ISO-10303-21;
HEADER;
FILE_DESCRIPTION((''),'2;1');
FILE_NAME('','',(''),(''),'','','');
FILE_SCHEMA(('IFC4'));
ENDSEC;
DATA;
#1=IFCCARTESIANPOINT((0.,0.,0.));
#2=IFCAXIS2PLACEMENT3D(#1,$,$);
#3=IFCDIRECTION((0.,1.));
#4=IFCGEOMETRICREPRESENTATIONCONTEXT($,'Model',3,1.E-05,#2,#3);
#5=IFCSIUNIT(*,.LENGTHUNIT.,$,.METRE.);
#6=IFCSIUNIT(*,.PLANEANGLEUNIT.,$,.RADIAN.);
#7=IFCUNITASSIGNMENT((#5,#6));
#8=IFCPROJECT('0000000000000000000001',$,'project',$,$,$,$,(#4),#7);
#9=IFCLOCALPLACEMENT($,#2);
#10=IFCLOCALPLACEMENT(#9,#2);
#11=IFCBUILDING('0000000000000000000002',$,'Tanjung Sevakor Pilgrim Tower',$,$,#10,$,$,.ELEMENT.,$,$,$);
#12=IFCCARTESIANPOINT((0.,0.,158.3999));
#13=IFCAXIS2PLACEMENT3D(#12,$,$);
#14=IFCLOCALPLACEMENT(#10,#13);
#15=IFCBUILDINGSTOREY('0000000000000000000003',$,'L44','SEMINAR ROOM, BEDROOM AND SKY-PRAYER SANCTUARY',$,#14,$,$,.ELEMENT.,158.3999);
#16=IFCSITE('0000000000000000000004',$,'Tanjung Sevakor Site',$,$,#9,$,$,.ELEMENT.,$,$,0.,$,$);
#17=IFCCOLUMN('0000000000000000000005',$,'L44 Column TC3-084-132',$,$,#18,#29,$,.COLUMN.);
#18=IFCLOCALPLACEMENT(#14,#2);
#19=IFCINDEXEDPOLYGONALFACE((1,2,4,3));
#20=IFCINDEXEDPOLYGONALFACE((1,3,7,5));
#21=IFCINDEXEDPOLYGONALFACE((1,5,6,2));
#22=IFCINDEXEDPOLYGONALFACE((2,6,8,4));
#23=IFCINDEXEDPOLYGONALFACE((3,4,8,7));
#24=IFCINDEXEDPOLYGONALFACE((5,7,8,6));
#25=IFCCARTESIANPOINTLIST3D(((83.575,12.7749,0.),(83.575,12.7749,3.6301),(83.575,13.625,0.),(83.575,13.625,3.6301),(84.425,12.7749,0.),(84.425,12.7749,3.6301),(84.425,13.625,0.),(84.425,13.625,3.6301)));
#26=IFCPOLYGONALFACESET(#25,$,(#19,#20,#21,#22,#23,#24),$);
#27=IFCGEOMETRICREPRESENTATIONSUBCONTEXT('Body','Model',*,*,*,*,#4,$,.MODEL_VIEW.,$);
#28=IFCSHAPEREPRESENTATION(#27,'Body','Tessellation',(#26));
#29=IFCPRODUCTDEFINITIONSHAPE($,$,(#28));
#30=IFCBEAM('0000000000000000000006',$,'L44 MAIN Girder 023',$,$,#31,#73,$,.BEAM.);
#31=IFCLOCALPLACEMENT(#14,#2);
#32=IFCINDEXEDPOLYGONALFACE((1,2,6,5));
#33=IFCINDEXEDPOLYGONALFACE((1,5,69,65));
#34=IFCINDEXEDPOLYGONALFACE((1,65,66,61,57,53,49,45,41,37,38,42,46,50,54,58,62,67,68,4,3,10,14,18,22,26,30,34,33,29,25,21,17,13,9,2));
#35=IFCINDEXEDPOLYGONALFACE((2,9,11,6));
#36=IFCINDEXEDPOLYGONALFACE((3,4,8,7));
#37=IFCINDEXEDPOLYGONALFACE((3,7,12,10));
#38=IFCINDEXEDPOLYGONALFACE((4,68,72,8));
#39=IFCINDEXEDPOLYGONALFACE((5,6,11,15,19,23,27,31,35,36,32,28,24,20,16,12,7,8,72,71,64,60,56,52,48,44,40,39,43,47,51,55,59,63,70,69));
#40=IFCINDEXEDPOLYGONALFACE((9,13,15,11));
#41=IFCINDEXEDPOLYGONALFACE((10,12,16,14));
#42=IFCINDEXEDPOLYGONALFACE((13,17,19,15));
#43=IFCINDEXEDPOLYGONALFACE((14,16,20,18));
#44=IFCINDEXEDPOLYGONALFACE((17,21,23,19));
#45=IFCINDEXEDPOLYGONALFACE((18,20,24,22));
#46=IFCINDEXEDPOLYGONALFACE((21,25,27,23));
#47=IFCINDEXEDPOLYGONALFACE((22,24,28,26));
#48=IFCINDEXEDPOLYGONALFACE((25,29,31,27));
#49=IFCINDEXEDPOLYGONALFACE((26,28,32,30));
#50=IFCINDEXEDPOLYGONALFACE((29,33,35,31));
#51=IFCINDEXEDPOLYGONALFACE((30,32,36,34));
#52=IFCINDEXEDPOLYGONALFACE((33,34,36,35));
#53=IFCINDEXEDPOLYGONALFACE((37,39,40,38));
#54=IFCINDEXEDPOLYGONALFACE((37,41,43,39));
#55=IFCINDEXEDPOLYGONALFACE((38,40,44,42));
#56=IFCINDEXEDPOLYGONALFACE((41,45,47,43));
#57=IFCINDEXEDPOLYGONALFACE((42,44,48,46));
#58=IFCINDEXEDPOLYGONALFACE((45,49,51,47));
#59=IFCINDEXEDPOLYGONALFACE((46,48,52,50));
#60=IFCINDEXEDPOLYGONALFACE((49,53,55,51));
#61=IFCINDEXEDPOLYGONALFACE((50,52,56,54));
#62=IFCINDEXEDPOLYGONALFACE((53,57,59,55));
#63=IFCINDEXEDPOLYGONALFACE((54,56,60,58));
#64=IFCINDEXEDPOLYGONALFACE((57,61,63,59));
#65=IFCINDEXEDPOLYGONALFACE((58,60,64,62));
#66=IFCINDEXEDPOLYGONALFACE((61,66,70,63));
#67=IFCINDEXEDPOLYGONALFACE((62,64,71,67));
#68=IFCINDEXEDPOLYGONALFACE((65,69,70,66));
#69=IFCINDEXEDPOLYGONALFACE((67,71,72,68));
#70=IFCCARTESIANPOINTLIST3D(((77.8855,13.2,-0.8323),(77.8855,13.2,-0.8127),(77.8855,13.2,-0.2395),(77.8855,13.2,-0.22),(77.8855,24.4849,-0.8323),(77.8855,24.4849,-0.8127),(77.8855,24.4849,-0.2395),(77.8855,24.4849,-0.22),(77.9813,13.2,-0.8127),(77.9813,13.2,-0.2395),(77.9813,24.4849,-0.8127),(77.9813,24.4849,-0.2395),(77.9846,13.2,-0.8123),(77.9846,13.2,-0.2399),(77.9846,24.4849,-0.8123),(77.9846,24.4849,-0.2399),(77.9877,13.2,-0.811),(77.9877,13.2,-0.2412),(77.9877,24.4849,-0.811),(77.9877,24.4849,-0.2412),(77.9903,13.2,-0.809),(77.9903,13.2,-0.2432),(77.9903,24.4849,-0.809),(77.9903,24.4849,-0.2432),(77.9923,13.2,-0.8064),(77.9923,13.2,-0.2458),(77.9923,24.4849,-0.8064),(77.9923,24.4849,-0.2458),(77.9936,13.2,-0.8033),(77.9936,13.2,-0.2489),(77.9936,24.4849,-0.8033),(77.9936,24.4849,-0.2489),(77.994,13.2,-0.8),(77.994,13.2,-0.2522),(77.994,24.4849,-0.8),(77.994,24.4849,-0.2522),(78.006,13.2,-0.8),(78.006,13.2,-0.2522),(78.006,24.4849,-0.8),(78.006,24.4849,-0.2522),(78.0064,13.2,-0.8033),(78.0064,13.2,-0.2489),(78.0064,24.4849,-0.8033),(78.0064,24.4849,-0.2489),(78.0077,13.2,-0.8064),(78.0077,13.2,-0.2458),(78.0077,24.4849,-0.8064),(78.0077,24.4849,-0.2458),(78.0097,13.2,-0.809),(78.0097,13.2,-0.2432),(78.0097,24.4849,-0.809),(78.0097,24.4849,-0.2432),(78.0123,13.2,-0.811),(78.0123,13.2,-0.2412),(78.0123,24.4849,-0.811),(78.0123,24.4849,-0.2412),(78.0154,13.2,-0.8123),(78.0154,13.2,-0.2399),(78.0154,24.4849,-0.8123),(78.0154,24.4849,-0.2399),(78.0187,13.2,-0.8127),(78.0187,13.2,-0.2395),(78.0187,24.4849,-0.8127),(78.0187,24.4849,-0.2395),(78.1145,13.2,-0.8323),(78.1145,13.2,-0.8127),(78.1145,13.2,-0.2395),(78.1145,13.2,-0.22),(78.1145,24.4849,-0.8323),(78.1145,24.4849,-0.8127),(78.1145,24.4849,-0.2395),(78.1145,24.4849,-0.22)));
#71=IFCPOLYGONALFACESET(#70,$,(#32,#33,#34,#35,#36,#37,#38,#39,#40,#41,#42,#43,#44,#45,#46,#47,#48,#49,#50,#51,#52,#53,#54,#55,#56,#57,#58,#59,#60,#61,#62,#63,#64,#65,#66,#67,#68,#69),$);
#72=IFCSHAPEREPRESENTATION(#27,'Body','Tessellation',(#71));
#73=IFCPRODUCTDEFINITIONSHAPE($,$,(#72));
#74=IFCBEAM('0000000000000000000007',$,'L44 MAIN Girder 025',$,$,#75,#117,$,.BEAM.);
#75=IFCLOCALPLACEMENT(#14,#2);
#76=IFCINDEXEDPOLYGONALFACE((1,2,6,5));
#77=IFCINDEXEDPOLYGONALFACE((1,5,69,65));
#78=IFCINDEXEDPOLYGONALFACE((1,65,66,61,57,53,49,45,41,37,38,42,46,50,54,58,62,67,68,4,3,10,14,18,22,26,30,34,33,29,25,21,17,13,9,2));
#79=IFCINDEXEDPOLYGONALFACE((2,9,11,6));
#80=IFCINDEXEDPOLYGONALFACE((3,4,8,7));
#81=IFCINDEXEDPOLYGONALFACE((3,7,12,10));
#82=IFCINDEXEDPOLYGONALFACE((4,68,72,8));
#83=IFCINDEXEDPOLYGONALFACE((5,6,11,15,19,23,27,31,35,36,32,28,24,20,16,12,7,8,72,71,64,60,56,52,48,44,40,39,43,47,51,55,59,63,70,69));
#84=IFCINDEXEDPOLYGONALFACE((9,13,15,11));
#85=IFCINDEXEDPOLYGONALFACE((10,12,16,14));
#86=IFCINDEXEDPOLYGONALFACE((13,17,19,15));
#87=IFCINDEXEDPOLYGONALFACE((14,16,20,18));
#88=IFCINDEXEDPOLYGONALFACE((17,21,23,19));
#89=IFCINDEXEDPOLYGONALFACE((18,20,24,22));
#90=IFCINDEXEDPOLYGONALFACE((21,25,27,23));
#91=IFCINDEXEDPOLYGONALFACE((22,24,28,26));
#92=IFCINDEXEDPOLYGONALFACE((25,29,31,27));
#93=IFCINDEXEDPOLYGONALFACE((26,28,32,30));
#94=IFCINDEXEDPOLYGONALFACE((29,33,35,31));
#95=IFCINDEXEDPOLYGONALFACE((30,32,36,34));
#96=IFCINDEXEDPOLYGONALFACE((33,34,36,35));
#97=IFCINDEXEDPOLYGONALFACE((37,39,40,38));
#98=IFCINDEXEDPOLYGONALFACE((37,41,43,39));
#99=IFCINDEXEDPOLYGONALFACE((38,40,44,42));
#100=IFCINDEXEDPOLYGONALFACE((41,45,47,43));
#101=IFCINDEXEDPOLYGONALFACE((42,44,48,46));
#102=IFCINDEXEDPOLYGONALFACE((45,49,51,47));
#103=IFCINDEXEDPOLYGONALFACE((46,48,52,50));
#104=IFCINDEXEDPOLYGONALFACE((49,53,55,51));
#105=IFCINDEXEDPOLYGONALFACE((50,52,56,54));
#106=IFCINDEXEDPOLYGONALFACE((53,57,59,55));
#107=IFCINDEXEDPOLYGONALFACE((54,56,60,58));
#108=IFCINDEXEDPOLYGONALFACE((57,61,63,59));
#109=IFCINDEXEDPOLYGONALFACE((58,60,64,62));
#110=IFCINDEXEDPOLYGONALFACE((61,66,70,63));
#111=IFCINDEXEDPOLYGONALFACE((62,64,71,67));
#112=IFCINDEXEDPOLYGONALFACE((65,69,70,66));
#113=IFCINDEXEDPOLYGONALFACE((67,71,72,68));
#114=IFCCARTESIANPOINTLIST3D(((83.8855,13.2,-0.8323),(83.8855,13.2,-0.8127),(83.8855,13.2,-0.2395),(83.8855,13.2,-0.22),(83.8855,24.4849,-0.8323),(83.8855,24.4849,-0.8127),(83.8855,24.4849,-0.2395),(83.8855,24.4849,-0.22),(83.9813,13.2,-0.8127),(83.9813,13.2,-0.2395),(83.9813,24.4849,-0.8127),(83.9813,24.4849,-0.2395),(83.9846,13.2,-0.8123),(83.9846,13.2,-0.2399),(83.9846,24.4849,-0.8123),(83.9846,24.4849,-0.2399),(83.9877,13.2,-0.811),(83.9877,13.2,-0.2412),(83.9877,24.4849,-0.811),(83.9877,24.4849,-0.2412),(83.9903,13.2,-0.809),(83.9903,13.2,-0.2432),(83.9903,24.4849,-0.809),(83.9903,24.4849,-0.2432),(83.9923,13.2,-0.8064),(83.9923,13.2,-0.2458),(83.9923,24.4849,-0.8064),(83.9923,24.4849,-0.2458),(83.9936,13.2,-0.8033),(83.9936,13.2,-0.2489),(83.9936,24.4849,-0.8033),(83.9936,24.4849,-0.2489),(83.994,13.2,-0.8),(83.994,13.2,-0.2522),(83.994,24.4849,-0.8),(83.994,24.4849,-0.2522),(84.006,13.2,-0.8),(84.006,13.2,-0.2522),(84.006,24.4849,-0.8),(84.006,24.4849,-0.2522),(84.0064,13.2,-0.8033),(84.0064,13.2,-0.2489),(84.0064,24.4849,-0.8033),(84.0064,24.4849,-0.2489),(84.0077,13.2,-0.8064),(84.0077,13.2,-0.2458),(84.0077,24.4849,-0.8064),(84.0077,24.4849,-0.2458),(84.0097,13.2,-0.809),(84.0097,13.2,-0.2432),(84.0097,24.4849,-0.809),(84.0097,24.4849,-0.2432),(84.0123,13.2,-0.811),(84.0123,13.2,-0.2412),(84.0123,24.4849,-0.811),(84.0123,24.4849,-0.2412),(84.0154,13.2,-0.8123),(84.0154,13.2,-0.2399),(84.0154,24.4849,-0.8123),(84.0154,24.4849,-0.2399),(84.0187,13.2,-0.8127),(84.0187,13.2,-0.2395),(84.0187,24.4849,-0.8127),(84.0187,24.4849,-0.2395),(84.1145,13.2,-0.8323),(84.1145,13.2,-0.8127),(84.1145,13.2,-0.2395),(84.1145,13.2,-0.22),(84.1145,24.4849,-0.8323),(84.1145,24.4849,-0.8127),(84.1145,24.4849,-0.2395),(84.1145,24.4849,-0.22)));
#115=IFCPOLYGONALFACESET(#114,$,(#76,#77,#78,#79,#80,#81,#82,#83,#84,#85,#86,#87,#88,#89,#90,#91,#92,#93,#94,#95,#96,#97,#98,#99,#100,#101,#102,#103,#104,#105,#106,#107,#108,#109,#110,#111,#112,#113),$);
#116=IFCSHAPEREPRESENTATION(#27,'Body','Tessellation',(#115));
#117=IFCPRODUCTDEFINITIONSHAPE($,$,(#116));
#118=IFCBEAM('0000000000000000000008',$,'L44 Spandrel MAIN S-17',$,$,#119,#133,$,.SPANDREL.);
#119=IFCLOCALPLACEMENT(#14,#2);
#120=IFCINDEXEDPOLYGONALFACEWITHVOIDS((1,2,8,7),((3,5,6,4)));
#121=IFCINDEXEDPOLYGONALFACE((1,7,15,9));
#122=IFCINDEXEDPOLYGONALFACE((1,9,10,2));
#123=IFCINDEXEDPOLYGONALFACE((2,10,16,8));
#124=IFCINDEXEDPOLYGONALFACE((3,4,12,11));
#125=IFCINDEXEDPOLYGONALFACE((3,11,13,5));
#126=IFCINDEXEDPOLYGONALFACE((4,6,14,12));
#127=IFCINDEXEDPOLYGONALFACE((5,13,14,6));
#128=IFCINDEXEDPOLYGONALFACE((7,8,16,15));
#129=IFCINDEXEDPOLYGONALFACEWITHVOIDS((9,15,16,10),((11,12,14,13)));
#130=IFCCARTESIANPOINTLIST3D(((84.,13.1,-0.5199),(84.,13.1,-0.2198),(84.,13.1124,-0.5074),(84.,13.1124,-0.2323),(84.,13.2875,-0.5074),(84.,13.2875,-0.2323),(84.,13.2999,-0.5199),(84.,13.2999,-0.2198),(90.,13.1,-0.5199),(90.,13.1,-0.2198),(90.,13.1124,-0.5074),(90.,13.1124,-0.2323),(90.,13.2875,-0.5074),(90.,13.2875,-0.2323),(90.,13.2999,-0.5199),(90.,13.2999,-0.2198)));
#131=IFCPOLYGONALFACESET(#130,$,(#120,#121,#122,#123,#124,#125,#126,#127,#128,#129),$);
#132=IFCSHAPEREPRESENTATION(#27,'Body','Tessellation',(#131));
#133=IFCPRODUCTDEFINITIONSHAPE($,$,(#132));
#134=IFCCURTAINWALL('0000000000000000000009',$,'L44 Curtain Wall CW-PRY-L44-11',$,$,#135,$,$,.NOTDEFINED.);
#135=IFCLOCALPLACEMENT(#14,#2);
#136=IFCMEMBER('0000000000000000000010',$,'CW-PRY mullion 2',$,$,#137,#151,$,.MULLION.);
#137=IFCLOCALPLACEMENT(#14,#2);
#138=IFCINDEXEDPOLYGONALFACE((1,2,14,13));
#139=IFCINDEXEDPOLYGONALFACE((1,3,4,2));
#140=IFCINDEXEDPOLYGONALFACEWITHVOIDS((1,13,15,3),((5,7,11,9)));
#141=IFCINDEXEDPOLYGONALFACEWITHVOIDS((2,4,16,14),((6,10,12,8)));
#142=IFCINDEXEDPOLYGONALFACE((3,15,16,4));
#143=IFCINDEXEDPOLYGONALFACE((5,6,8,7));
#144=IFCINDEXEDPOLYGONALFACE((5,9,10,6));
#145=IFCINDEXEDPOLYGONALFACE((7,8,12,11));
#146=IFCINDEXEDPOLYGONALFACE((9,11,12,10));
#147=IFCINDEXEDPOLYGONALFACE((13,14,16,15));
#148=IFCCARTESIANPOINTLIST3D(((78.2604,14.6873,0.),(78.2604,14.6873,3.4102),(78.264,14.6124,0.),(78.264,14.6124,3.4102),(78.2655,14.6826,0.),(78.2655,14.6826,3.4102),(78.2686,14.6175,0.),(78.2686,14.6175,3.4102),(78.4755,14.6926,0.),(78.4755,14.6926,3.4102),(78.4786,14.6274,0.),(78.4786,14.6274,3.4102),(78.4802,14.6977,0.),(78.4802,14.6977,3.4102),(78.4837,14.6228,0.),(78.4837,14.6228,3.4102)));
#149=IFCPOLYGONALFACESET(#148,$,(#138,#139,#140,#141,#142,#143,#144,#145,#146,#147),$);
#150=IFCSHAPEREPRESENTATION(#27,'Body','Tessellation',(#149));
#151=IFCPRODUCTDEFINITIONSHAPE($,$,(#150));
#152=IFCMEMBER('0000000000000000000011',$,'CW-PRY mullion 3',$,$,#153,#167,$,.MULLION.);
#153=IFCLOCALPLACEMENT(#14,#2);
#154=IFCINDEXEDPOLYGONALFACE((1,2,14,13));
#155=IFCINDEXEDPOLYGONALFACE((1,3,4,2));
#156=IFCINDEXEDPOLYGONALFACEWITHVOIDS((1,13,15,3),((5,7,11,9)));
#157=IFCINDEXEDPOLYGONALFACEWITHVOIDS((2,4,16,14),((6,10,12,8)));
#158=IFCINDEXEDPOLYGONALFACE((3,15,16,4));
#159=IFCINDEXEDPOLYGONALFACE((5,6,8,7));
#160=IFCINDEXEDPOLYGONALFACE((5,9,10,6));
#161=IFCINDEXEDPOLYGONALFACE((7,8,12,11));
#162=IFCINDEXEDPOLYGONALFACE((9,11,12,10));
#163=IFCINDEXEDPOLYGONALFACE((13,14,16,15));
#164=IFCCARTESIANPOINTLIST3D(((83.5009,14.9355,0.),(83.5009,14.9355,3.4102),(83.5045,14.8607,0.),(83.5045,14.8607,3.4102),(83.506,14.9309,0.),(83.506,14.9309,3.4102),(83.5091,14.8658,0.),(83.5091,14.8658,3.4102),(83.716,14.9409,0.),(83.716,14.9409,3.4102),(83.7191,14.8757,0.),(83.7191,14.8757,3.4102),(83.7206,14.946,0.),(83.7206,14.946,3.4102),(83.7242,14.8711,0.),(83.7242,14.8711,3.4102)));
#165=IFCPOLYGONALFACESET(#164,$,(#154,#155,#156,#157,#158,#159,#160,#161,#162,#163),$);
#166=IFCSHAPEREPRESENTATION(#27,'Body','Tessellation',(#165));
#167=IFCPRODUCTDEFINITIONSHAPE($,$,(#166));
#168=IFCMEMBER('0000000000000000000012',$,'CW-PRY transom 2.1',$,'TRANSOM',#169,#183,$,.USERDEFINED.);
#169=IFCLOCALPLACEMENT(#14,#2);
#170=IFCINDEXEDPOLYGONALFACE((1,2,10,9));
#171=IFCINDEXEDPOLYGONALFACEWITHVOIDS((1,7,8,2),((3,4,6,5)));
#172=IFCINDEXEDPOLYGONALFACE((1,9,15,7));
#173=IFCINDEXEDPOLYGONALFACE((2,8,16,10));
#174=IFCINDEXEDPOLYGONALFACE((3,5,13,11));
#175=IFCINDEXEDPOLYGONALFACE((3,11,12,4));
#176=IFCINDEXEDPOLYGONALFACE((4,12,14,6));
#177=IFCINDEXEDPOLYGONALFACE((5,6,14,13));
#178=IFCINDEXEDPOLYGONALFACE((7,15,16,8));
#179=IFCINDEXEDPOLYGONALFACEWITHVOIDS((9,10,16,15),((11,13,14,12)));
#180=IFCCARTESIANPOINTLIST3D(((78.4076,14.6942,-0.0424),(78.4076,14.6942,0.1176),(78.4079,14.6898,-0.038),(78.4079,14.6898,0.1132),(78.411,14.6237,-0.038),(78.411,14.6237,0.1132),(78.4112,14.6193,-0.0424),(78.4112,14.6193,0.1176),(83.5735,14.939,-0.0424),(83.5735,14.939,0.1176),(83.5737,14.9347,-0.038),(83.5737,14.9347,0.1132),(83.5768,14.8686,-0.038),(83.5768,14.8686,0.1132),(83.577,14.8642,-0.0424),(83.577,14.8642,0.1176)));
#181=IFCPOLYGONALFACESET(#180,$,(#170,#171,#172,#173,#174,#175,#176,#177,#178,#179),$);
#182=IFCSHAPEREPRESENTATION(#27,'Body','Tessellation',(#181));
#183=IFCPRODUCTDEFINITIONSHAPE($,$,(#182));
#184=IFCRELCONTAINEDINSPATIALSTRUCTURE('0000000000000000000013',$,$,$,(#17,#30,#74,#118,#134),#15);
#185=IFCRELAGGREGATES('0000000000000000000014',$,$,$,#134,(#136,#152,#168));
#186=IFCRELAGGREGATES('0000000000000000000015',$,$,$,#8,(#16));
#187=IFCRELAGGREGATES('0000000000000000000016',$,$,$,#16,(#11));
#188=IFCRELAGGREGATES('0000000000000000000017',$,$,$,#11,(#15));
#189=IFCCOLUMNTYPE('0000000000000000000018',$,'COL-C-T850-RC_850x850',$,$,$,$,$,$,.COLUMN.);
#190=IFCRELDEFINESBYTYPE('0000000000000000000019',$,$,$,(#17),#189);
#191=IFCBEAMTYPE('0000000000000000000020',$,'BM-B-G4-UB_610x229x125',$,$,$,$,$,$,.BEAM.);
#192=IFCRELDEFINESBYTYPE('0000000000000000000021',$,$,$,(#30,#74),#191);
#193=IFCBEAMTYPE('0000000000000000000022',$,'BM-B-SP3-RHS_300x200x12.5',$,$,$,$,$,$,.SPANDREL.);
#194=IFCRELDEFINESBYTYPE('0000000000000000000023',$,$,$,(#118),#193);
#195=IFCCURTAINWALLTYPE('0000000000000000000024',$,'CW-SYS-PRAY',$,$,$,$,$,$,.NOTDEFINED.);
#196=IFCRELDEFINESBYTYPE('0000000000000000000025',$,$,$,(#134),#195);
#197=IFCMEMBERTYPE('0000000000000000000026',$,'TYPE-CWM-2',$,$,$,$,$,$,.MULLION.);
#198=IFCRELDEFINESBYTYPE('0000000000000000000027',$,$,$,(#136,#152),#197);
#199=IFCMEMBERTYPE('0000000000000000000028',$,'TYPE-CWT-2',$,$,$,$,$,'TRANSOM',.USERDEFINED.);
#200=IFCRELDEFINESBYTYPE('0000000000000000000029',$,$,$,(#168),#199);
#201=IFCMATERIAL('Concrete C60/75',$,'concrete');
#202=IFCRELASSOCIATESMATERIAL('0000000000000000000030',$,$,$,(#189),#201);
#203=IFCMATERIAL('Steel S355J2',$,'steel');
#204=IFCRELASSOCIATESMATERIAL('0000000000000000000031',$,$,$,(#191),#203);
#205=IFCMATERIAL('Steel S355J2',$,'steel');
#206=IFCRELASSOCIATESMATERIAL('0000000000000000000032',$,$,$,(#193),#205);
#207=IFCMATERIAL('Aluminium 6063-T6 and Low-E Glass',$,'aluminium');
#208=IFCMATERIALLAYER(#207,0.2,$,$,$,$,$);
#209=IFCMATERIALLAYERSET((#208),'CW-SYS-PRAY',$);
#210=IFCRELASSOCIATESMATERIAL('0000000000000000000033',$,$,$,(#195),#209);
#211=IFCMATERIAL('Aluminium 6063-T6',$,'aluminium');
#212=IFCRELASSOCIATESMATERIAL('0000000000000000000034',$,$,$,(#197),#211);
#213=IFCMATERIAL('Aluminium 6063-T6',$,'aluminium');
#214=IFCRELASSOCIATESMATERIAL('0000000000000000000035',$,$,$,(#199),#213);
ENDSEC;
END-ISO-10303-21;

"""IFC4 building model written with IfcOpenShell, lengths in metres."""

from ifc_helpers import new_model, si_unit, direction, frame, origin, origin_2d, place, context, subcontext, project, spatial, rectangle, hollow_rectangle, i_section, extrude, material, layer, layer_set, material_profile, profile_set, type_object, element, aggregate, save


model = new_model("IFC4")

# Units and contexts
model_context = context("Model", 3, precision=1e-05, world=origin(), true_north=direction((0.0, 1.0)))
body_context = subcontext(model_context, "Body", "Model", "MODEL_VIEW")
ifc_project = project(units=[si_unit("LENGTHUNIT", "METRE"), si_unit("PLANEANGLEUNIT", "RADIAN")], contexts=[model_context])

# Site, building, storey
site_placement = place(None, origin())
site = spatial("IfcSite", under=ifc_project, at=site_placement, Name="Tanjung Sevakor Site", CompositionType="ELEMENT", RefElevation=0.0)
building_placement = place(site_placement, origin())
building = spatial("IfcBuilding", under=site, at=building_placement, Name="Tanjung Sevakor Pilgrim Tower", CompositionType="ELEMENT")
storey_placement = place(building_placement, frame((0.0, 0.0, 158.3999)))
storey = spatial("IfcBuildingStorey", under=building, at=storey_placement, Name="L44", Description="SEMINAR ROOM, BEDROOM AND SKY-PRAYER SANCTUARY", CompositionType="ELEMENT", Elevation=158.3999)

# Column
ifc_material_1 = material(Name="Concrete C60/75", Category="concrete")
ifc_material_profile_1 = material_profile(ifc_material_1, rectangle(XDim=0.8501, YDim=0.8501, at=origin_2d()))
ifc_profile_set_1 = profile_set([ifc_material_profile_1], Name="Concrete C60/75")
column_type = type_object("IfcColumnType", Name="COL-C-T850-RC_850x850", PredefinedType="COLUMN", material=ifc_profile_set_1)
column_placement = place(storey_placement, frame((84.0, 13.2, 0.0), z_axis=(0.0, 0.0, 1.0), x_axis=(1.0, 0.0, 0.0)))
element("IfcColumn", 1, at=column_placement, inside=storey, type_object=column_type, Name="L44 Column TC3-084-132", PredefinedType="COLUMN", context=body_context, shape_type="SweptSolid", body=[
    extrude(rectangle(XDim=0.8501, YDim=0.8501, at=origin_2d()), origin(), (0.0, 0.0, 1.0), 3.6301),
])

# Beams
ifc_material_2 = material(Name="Steel S355J2", Category="steel")
ifc_material_profile_2 = material_profile(ifc_material_2, i_section(OverallWidth=0.229, OverallDepth=0.6123, WebThickness=0.012, FlangeThickness=0.0195, FilletRadius=0.0127, at=origin_2d()))
ifc_profile_set_2 = profile_set([ifc_material_profile_2], Name="Steel S355J2")
beam_type_1 = type_object("IfcBeamType", Name="BM-B-G4-UB_610x229x125", PredefinedType="BEAM", material=ifc_profile_set_2)
for number, where, z_axis, x_axis, name in (
    (2, (78.0, 13.2, -0.5261), (0.0, 1.0, 0.0), (-1.0, 0.0, 0.0), "L44 MAIN Girder 023"),
    (3, (84.0, 13.2, -0.5261), (0.0, 1.0, 0.0), (-1.0, 0.0, 0.0), "L44 MAIN Girder 025"),
):
    element("IfcBeam", number, at=place(storey_placement, frame(where, z_axis=z_axis, x_axis=x_axis)), inside=storey, type_object=beam_type_1, Name=name, PredefinedType="BEAM", context=body_context, shape_type="SweptSolid", body=[
        extrude(i_section(OverallWidth=0.229, OverallDepth=0.6123, WebThickness=0.012, FlangeThickness=0.0195, FilletRadius=0.0127, at=origin_2d()), origin(), (0.0, 0.0, 1.0), 11.2849),
    ])
ifc_material_3 = material(Name="Steel S355J2", Category="steel")
ifc_material_profile_3 = material_profile(ifc_material_3, hollow_rectangle(XDim=0.2, YDim=0.3, WallThickness=0.0125, at=origin_2d()))
ifc_profile_set_3 = profile_set([ifc_material_profile_3], Name="Steel S355J2")
beam_type_2 = type_object("IfcBeamType", Name="BM-B-SP3-RHS_300x200x12.5", PredefinedType="SPANDREL", material=ifc_profile_set_3)
beam_placement = place(storey_placement, frame((84.0, 13.2, -0.3699), z_axis=(1.0, 0.0, 0.0), x_axis=(0.0, 1.0, 0.0)))
element("IfcBeam", 4, at=beam_placement, inside=storey, type_object=beam_type_2, Name="L44 Spandrel MAIN S-17", PredefinedType="SPANDREL", context=body_context, shape_type="SweptSolid", body=[
    extrude(hollow_rectangle(XDim=0.2, YDim=0.3, WallThickness=0.0125, at=origin_2d()), origin(), (0.0, 0.0, 1.0), 6.0),
])

# Curtain wall, members
ifc_material_4 = material(Name="Aluminium 6063-T6 and Low-E Glass", Category="aluminium")
ifc_layer_1 = layer(ifc_material_4, 0.2)
ifc_layer_set_1 = layer_set([ifc_layer_1], Name="CW-SYS-PRAY")
curtain_wall_type = type_object("IfcCurtainWallType", Name="CW-SYS-PRAY", PredefinedType="NOTDEFINED", material=ifc_layer_set_1)
curtain_wall_1_placement = place(storey_placement, origin())
curtain_wall_1 = element("IfcCurtainWall", 5, at=curtain_wall_1_placement, inside=storey, type_object=curtain_wall_type, Name="L44 Curtain Wall CW-PRY-L44-11", PredefinedType="NOTDEFINED")
ifc_material_5 = material(Name="Aluminium 6063-T6", Category="aluminium")
ifc_material_profile_4 = material_profile(ifc_material_5, hollow_rectangle(XDim=0.075, YDim=0.22, WallThickness=0.0049, at=origin_2d()))
ifc_profile_set_4 = profile_set([ifc_material_profile_4], Name="Aluminium 6063-T6")
member_type_1 = type_object("IfcMemberType", Name="TYPE-CWM-2", PredefinedType="MULLION", material=ifc_profile_set_4)
member_1_placement = place(storey_placement, frame((78.3721, 14.655, 0.0), z_axis=(0.0, 0.0, 1.0), x_axis=(-0.047333, 0.998879, 0.0)))
member_1 = element("IfcMember", 6, at=member_1_placement, type_object=member_type_1, Name="CW-PRY mullion 2", PredefinedType="MULLION", context=body_context, shape_type="SweptSolid", body=[
    extrude(hollow_rectangle(XDim=0.075, YDim=0.22, WallThickness=0.0049, at=origin_2d()), origin(), (0.0, 0.0, 1.0), 3.4102),
])
member_2_placement = place(storey_placement, frame((83.6125, 14.9033, 0.0), z_axis=(0.0, 0.0, 1.0), x_axis=(-0.047333, 0.998879, 0.0)))
member_2 = element("IfcMember", 7, at=member_2_placement, type_object=member_type_1, Name="CW-PRY mullion 3", PredefinedType="MULLION", context=body_context, shape_type="SweptSolid", body=[
    extrude(hollow_rectangle(XDim=0.075, YDim=0.22, WallThickness=0.0049, at=origin_2d()), origin(), (0.0, 0.0, 1.0), 3.4102),
])
ifc_material_6 = material(Name="Aluminium 6063-T6", Category="aluminium")
ifc_material_profile_5 = material_profile(ifc_material_6, hollow_rectangle(XDim=0.075, YDim=0.1599, WallThickness=0.0044, at=origin_2d()))
ifc_profile_set_5 = profile_set([ifc_material_profile_5], Name="Aluminium 6063-T6")
member_type_2 = type_object("IfcMemberType", Name="TYPE-CWT-2", ElementType="TRANSOM", PredefinedType="USERDEFINED", material=ifc_profile_set_5)
member_3_placement = place(storey_placement, frame((78.4094, 14.6567, 0.0376), z_axis=(0.998878, 0.04735, 0.0), x_axis=(-0.04735, 0.998878, 0.0)))
member_3 = element("IfcMember", 8, at=member_3_placement, type_object=member_type_2, Name="CW-PRY transom 2.1", ObjectType="TRANSOM", PredefinedType="USERDEFINED", context=body_context, shape_type="SweptSolid", body=[
    extrude(hollow_rectangle(XDim=0.075, YDim=0.1599, WallThickness=0.0044, at=origin_2d()), origin(), (0.0, 0.0, 1.0), 5.1716),
])

aggregate(curtain_wall_1, [member_1, member_2, member_3])

save(model, "model.ifc")
